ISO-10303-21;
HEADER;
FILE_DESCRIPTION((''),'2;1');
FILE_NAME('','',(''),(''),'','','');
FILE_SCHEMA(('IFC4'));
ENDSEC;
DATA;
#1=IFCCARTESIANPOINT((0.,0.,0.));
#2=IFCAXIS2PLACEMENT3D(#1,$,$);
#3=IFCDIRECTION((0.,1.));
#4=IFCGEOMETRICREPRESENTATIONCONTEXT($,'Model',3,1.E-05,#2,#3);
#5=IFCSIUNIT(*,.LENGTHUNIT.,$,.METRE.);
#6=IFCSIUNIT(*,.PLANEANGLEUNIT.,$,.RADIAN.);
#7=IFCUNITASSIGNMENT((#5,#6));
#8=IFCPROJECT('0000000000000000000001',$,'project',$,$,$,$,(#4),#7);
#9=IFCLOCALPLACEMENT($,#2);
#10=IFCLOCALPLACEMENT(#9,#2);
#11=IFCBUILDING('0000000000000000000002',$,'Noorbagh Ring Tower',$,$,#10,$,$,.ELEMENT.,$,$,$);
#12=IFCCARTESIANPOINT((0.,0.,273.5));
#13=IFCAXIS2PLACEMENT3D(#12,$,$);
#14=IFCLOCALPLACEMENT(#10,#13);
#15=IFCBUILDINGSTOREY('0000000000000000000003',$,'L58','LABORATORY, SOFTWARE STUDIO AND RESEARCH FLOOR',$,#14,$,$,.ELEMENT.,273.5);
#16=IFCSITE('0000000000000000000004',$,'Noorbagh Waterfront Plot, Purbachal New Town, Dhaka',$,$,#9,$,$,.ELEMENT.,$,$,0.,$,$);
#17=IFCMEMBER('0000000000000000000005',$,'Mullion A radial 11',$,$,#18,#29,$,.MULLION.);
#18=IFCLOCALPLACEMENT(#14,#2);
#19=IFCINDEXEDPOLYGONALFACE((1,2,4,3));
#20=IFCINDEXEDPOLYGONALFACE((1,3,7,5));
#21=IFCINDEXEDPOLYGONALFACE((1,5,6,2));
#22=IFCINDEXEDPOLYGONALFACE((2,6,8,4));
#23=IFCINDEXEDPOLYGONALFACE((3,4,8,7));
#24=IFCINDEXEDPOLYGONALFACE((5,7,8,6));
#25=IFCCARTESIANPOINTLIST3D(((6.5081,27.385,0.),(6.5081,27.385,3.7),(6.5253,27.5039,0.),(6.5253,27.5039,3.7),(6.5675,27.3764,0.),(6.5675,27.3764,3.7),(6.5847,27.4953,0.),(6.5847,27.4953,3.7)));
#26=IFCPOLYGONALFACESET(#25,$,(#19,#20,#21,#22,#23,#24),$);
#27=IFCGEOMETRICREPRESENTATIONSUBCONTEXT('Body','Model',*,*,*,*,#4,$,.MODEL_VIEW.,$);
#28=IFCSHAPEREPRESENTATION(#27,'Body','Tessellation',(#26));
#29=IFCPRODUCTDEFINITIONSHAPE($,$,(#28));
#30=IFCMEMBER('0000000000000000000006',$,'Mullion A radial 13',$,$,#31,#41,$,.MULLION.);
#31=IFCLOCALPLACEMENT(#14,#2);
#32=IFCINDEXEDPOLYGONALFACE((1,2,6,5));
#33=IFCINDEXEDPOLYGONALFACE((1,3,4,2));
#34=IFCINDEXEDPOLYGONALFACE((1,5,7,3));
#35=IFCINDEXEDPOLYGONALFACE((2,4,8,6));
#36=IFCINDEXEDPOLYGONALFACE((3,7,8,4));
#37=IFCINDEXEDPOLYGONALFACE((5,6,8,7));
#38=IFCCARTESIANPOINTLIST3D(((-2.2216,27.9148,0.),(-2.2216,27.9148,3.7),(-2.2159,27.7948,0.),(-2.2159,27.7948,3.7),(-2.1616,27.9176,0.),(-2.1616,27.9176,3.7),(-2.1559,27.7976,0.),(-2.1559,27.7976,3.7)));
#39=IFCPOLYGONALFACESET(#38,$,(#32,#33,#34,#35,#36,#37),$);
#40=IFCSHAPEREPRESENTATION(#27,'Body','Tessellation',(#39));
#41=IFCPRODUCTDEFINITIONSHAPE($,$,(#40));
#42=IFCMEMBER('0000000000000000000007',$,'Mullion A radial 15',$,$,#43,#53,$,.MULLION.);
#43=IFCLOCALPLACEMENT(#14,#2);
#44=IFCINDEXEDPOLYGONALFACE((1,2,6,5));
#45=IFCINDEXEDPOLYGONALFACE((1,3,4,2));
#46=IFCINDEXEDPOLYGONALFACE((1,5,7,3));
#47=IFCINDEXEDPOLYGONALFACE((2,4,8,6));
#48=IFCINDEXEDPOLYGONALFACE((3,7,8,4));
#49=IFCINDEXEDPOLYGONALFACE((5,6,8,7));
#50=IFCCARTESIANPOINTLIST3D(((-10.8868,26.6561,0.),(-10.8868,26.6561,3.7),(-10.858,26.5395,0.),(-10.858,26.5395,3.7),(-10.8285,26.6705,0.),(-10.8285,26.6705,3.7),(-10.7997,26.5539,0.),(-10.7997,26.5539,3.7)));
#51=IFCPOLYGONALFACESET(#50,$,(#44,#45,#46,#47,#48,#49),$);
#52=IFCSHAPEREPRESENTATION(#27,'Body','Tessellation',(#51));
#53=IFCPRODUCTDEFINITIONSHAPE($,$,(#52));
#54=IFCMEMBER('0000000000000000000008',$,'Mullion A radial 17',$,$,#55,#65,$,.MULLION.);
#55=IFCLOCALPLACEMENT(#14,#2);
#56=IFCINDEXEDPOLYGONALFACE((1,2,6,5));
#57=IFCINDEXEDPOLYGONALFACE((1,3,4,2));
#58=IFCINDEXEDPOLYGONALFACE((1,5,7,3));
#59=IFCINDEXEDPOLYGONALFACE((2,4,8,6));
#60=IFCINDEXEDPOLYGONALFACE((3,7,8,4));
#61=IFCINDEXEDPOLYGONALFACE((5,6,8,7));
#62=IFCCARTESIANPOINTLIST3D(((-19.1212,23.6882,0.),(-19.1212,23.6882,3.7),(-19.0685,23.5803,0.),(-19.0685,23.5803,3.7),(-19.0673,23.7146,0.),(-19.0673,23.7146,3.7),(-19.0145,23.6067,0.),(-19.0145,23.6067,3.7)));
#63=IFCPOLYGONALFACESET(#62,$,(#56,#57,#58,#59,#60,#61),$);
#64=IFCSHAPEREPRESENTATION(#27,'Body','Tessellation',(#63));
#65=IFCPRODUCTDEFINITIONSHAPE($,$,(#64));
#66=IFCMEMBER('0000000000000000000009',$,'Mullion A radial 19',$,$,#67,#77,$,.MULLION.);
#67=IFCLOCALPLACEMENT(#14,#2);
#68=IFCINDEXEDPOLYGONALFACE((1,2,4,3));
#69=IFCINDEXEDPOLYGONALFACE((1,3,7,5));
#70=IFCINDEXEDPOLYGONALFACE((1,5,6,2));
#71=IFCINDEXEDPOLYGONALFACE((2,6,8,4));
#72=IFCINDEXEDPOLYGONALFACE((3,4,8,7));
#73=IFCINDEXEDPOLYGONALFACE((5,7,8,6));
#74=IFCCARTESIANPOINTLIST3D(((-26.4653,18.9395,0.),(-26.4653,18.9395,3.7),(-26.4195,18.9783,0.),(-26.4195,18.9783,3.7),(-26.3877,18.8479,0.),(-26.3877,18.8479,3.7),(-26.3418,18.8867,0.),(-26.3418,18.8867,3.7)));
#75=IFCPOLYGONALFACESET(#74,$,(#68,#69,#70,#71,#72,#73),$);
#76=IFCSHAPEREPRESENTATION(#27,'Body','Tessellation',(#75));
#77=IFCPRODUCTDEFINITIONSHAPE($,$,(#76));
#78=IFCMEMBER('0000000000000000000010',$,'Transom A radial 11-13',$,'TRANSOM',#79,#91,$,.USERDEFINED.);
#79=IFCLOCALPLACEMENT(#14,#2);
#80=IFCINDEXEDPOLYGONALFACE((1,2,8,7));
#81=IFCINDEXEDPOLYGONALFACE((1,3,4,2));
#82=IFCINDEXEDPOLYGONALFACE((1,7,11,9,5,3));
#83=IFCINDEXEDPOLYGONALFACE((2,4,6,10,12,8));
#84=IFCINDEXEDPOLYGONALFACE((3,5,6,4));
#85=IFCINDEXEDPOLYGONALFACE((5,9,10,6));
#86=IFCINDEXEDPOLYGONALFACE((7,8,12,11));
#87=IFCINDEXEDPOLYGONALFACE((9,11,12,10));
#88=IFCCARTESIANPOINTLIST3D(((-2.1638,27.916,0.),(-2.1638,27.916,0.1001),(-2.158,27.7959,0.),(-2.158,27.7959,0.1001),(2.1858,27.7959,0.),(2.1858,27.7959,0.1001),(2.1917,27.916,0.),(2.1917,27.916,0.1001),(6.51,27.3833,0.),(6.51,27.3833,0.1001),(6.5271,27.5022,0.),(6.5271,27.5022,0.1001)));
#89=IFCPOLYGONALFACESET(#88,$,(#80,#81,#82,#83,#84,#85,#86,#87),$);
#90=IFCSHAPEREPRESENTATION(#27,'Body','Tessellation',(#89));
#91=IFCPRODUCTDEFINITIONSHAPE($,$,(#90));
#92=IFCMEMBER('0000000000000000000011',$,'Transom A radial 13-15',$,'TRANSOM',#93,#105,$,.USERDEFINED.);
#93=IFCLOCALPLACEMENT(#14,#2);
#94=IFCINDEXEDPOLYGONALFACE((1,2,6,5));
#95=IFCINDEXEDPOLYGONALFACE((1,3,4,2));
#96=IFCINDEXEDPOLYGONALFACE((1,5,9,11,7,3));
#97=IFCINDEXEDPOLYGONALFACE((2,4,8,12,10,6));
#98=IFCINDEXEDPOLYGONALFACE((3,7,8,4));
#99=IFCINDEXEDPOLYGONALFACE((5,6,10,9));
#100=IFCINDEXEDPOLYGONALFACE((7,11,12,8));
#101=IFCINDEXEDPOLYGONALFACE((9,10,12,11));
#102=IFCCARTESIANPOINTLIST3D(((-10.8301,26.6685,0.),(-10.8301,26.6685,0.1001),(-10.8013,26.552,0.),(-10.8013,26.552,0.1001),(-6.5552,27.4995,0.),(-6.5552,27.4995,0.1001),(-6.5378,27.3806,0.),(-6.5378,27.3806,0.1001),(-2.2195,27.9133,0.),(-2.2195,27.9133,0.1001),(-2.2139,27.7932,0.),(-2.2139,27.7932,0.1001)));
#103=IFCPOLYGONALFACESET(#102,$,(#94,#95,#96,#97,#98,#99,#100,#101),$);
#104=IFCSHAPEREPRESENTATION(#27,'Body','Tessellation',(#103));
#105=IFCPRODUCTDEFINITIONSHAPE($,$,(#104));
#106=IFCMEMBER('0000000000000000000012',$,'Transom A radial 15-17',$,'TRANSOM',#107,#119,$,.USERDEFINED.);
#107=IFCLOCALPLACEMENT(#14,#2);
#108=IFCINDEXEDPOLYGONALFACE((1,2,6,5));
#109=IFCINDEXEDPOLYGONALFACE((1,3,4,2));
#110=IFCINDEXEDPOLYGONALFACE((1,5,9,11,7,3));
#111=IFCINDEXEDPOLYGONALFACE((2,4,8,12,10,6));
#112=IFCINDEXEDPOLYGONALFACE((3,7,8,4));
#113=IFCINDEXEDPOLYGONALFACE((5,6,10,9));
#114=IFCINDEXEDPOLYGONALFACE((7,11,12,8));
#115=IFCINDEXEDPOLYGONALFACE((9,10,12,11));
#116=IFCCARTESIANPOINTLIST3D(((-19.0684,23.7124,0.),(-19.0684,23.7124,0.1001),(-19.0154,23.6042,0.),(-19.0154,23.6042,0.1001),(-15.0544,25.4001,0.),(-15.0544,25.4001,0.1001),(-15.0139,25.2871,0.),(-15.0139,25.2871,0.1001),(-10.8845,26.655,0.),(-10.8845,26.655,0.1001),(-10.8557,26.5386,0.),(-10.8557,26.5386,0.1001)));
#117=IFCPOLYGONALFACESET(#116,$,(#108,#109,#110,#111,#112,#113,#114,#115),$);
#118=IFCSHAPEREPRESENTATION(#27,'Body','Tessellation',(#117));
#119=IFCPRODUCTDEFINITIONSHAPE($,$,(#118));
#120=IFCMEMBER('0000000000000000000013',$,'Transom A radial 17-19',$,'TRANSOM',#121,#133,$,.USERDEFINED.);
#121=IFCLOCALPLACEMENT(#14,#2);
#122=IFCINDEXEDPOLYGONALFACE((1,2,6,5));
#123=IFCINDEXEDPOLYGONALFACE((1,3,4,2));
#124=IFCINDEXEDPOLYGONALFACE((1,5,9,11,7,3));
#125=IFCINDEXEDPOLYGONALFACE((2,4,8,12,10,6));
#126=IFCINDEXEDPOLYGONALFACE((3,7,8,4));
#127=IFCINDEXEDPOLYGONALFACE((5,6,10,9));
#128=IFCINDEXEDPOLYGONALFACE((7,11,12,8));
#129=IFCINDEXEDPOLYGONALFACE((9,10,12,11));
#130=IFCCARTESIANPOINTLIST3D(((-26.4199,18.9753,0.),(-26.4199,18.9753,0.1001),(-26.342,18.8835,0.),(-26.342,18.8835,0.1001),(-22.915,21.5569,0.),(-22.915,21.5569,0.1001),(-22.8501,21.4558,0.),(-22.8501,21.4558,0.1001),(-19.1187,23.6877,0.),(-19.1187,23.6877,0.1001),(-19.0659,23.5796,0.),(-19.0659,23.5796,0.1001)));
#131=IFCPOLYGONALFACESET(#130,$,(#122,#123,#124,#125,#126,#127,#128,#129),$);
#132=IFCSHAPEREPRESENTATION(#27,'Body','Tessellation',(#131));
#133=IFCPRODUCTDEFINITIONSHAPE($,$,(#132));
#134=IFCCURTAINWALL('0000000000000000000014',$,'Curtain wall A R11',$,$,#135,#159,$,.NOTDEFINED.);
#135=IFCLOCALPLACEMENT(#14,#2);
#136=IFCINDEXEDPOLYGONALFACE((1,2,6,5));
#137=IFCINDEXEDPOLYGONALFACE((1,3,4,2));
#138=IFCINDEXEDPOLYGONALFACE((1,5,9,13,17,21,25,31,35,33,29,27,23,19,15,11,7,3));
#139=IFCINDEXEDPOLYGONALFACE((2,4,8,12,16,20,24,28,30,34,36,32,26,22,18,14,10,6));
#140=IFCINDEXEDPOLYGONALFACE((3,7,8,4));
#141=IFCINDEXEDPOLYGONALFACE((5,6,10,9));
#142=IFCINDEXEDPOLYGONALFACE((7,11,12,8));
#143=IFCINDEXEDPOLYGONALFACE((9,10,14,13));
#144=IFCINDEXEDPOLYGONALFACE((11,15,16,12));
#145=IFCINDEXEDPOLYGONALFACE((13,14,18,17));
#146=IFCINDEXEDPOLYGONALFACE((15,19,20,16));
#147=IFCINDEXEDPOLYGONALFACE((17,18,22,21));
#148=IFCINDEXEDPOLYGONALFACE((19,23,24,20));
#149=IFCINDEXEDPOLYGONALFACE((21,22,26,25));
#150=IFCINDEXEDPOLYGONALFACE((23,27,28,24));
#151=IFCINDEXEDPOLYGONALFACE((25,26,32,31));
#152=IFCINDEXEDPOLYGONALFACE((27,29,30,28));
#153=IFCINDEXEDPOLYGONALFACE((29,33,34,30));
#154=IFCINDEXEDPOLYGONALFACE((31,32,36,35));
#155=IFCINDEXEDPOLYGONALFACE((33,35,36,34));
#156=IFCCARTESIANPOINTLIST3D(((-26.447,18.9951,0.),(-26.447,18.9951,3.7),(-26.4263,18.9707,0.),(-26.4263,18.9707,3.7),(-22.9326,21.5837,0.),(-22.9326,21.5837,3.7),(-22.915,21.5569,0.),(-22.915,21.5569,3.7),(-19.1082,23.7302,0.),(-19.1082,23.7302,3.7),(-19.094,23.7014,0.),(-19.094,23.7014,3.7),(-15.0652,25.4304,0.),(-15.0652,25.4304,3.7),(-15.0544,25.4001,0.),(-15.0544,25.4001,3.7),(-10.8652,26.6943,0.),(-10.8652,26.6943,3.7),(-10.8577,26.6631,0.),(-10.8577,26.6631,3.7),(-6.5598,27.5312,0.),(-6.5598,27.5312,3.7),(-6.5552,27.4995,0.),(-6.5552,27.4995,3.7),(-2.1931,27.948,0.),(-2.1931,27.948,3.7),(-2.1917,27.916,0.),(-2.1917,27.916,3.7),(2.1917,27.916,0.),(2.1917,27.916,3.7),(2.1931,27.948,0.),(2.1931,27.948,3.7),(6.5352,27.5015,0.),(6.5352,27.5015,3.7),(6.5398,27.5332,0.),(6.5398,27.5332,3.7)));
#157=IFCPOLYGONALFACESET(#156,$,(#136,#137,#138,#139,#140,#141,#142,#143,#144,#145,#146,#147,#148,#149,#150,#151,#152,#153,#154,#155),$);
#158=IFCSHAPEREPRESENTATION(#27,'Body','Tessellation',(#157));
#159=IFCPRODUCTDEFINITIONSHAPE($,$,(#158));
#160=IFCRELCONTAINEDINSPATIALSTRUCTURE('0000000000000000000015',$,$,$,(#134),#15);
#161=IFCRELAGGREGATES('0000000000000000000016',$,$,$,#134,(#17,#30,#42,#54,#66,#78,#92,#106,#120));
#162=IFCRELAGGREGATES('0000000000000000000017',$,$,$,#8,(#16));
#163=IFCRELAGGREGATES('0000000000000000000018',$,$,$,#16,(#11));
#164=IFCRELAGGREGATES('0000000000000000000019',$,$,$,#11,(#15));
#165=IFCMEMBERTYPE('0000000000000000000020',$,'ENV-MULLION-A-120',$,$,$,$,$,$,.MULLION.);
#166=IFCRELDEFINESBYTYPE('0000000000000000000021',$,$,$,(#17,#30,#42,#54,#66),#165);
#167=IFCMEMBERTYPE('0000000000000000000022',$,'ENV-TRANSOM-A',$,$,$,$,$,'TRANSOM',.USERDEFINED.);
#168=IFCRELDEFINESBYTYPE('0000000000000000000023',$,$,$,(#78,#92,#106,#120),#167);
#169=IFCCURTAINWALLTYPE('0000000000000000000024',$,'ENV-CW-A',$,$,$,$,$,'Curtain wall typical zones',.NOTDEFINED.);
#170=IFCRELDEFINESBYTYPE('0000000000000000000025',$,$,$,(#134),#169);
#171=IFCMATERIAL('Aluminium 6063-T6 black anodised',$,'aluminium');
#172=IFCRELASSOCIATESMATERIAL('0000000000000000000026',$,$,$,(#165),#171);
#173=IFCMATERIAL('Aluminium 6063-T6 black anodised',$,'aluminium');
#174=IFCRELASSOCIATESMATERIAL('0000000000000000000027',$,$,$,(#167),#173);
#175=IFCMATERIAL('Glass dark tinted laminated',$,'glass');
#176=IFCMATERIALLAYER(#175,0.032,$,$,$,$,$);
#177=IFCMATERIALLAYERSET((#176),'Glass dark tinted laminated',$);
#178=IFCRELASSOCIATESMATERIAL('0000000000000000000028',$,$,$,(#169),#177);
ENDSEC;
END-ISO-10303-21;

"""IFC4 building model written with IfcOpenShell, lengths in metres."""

from ifc_helpers import new_model, si_unit, direction, frame, origin, origin_2d, place, context, subcontext, project, spatial, polyline, rectangle, outline, extrude, material, layer, layer_set, material_profile, profile_set, type_object, element, aggregate, save


model = new_model("IFC4")

# Units and contexts
model_context = context("Model", 3, precision=1e-05, world=origin(), true_north=direction((0.0, 1.0)))
body_context = subcontext(model_context, "Body", "Model", "MODEL_VIEW")
ifc_project = project(units=[si_unit("LENGTHUNIT", "METRE"), si_unit("PLANEANGLEUNIT", "RADIAN")], contexts=[model_context])

# Members
ifc_material_1 = material(Name="Aluminium 6063-T6 black anodised", Category="aluminium")
ifc_material_profile = material_profile(ifc_material_1, rectangle(XDim=0.1201, YDim=0.0601, at=origin_2d()), Name="120x60")
ifc_profile_set = profile_set([ifc_material_profile], Name="Aluminium 6063-T6 black anodised")
member_type_1 = type_object("IfcMemberType", Name="ENV-MULLION-A-120", PredefinedType="MULLION", material=ifc_profile_set)
site_placement = place(None, origin())
building_placement = place(site_placement, origin())
storey_placement = place(building_placement, frame((0.0, 0.0, 273.5)))
member_1_placement = place(storey_placement, frame((6.5464, 27.4402, 0.0), z_axis=(0.0, 0.0, 1.0), x_axis=(-0.143082, -0.989711, 0.0)))
member_1 = element("IfcMember", 1, at=member_1_placement, type_object=member_type_1, Name="Mullion A radial 11", PredefinedType="MULLION", context=body_context, shape_type="SweptSolid", body=[
    extrude(rectangle(XDim=0.1201, YDim=0.0601, at=origin_2d()), origin(), (0.0, 0.0, 1.0), 3.7),
])
member_2_placement = place(storey_placement, frame((-2.1887, 27.8562, 0.0), z_axis=(0.0, 0.0, 1.0), x_axis=(0.047558, -0.998868, 0.0)))
member_2 = element("IfcMember", 2, at=member_2_placement, type_object=member_type_1, Name="Mullion A radial 13", PredefinedType="MULLION", context=body_context, shape_type="SweptSolid", body=[
    extrude(rectangle(XDim=0.1201, YDim=0.0601, at=origin_2d()), origin(), (0.0, 0.0, 1.0), 3.7),
])
member_3_placement = place(storey_placement, frame((-10.8433, 26.605, 0.0), z_axis=(0.0, 0.0, 1.0), x_axis=(0.239799, -0.970823, 0.0)))
member_3 = element("IfcMember", 3, at=member_3_placement, type_object=member_type_1, Name="Mullion A radial 15", PredefinedType="MULLION", context=body_context, shape_type="SweptSolid", body=[
    extrude(rectangle(XDim=0.1201, YDim=0.0601, at=origin_2d()), origin(), (0.0, 0.0, 1.0), 3.7),
])
member_4_placement = place(storey_placement, frame((-19.0679, 23.6475, 0.0), z_axis=(0.0, 0.0, 1.0), x_axis=(0.439238, -0.898371, 0.0)))
member_4 = element("IfcMember", 4, at=member_4_placement, type_object=member_type_1, Name="Mullion A radial 17", PredefinedType="MULLION", context=body_context, shape_type="SweptSolid", body=[
    extrude(rectangle(XDim=0.1201, YDim=0.0601, at=origin_2d()), origin(), (0.0, 0.0, 1.0), 3.7),
])
member_5_placement = place(storey_placement, frame((-26.4036, 18.9131, 0.0), z_axis=(0.0, 0.0, 1.0), x_axis=(0.646451, -0.762955, 0.0)))
member_5 = element("IfcMember", 5, at=member_5_placement, type_object=member_type_1, Name="Mullion A radial 19", PredefinedType="MULLION", context=body_context, shape_type="SweptSolid", body=[
    extrude(rectangle(XDim=0.1201, YDim=0.0601, at=origin_2d()), origin(), (0.0, 0.0, 1.0), 3.7),
])
ifc_material_2 = material(Name="Aluminium 6063-T6 black anodised", Category="aluminium")
member_type_2 = type_object("IfcMemberType", Name="ENV-TRANSOM-A", ElementType="TRANSOM", PredefinedType="USERDEFINED", material=ifc_material_2)
member_6_placement = place(storey_placement, origin())
member_6 = element("IfcMember", 6, at=member_6_placement, type_object=member_type_2, Name="Transom A radial 11-13", ObjectType="TRANSOM", PredefinedType="USERDEFINED", context=body_context, shape_type="SweptSolid", body=[
    extrude(outline(polyline([(6.5271, 27.5022), (2.1917, 27.916), (-2.1638, 27.916), (-2.158, 27.7959), (2.1858, 27.7959), (6.51, 27.3833), (6.5271, 27.5022)])), origin(), (0.0, 0.0, 1.0), 0.1001),
])
member_7_placement = place(storey_placement, origin())
member_7 = element("IfcMember", 7, at=member_7_placement, type_object=member_type_2, Name="Transom A radial 13-15", ObjectType="TRANSOM", PredefinedType="USERDEFINED", context=body_context, shape_type="SweptSolid", body=[
    extrude(outline(polyline([(-2.2195, 27.9133), (-6.5552, 27.4995), (-10.8301, 26.6685), (-10.8013, 26.552), (-6.5378, 27.3806), (-2.2139, 27.7932), (-2.2195, 27.9133)])), origin(), (0.0, 0.0, 1.0), 0.1001),
])
member_8_placement = place(storey_placement, origin())
member_8 = element("IfcMember", 8, at=member_8_placement, type_object=member_type_2, Name="Transom A radial 15-17", ObjectType="TRANSOM", PredefinedType="USERDEFINED", context=body_context, shape_type="SweptSolid", body=[
    extrude(outline(polyline([(-10.8845, 26.655), (-15.0544, 25.4001), (-19.0684, 23.7124), (-19.0154, 23.6042), (-15.0139, 25.2871), (-10.8557, 26.5386), (-10.8845, 26.655)])), origin(), (0.0, 0.0, 1.0), 0.1001),
])
member_9_placement = place(storey_placement, origin())
member_9 = element("IfcMember", 9, at=member_9_placement, type_object=member_type_2, Name="Transom A radial 17-19", ObjectType="TRANSOM", PredefinedType="USERDEFINED", context=body_context, shape_type="SweptSolid", body=[
    extrude(outline(polyline([(-19.1187, 23.6877), (-22.915, 21.5569), (-26.4199, 18.9753), (-26.342, 18.8835), (-22.8501, 21.4558), (-19.0659, 23.5796), (-19.1187, 23.6877)])), origin(), (0.0, 0.0, 1.0), 0.1001),
])

# Site, building, storey
site = spatial("IfcSite", under=ifc_project, at=site_placement, Name="Noorbagh Waterfront Plot, Purbachal New Town, Dhaka", CompositionType="ELEMENT", RefElevation=0.0)
building = spatial("IfcBuilding", under=site, at=building_placement, Name="Noorbagh Ring Tower", CompositionType="ELEMENT")
storey = spatial("IfcBuildingStorey", under=building, at=storey_placement, Name="L58", Description="LABORATORY, SOFTWARE STUDIO AND RESEARCH FLOOR", CompositionType="ELEMENT", Elevation=273.5)

# Curtain wall
ifc_material_3 = material(Name="Glass dark tinted laminated", Category="glass")
ifc_layer_1 = layer(ifc_material_3, 0.032)
ifc_layer_set_1 = layer_set([ifc_layer_1], Name="Glass dark tinted laminated")
curtain_wall_type = type_object("IfcCurtainWallType", Name="ENV-CW-A", ElementType="Curtain wall typical zones", PredefinedType="NOTDEFINED", material=ifc_layer_set_1)
curtain_wall_1_placement = place(storey_placement, origin())
curtain_wall_1 = element("IfcCurtainWall", 10, at=curtain_wall_1_placement, inside=storey, type_object=curtain_wall_type, Name="Curtain wall A R11", PredefinedType="NOTDEFINED", context=body_context, shape_type="SweptSolid", body=[
    extrude(outline(polyline([(6.5398, 27.5332), (2.1931, 27.948), (-2.1931, 27.948), (-6.5598, 27.5312), (-10.8652, 26.6943), (-15.0652, 25.4304), (-19.1082, 23.7302), (-22.9326, 21.5837), (-26.447, 18.9951), (-26.4263, 18.9707), (-22.915, 21.5569), (-19.094, 23.7014), (-15.0544, 25.4001), (-10.8577, 26.6631), (-6.5552, 27.4995), (-2.1917, 27.916), (2.1917, 27.916), (6.5352, 27.5015), (6.5398, 27.5332)])), origin(), (0.0, 0.0, 1.0), 3.7),
])
aggregate(curtain_wall_1, [member_1, member_2, member_3, member_4, member_5, member_6, member_7, member_8, member_9])

save(model, "model.ifc")
